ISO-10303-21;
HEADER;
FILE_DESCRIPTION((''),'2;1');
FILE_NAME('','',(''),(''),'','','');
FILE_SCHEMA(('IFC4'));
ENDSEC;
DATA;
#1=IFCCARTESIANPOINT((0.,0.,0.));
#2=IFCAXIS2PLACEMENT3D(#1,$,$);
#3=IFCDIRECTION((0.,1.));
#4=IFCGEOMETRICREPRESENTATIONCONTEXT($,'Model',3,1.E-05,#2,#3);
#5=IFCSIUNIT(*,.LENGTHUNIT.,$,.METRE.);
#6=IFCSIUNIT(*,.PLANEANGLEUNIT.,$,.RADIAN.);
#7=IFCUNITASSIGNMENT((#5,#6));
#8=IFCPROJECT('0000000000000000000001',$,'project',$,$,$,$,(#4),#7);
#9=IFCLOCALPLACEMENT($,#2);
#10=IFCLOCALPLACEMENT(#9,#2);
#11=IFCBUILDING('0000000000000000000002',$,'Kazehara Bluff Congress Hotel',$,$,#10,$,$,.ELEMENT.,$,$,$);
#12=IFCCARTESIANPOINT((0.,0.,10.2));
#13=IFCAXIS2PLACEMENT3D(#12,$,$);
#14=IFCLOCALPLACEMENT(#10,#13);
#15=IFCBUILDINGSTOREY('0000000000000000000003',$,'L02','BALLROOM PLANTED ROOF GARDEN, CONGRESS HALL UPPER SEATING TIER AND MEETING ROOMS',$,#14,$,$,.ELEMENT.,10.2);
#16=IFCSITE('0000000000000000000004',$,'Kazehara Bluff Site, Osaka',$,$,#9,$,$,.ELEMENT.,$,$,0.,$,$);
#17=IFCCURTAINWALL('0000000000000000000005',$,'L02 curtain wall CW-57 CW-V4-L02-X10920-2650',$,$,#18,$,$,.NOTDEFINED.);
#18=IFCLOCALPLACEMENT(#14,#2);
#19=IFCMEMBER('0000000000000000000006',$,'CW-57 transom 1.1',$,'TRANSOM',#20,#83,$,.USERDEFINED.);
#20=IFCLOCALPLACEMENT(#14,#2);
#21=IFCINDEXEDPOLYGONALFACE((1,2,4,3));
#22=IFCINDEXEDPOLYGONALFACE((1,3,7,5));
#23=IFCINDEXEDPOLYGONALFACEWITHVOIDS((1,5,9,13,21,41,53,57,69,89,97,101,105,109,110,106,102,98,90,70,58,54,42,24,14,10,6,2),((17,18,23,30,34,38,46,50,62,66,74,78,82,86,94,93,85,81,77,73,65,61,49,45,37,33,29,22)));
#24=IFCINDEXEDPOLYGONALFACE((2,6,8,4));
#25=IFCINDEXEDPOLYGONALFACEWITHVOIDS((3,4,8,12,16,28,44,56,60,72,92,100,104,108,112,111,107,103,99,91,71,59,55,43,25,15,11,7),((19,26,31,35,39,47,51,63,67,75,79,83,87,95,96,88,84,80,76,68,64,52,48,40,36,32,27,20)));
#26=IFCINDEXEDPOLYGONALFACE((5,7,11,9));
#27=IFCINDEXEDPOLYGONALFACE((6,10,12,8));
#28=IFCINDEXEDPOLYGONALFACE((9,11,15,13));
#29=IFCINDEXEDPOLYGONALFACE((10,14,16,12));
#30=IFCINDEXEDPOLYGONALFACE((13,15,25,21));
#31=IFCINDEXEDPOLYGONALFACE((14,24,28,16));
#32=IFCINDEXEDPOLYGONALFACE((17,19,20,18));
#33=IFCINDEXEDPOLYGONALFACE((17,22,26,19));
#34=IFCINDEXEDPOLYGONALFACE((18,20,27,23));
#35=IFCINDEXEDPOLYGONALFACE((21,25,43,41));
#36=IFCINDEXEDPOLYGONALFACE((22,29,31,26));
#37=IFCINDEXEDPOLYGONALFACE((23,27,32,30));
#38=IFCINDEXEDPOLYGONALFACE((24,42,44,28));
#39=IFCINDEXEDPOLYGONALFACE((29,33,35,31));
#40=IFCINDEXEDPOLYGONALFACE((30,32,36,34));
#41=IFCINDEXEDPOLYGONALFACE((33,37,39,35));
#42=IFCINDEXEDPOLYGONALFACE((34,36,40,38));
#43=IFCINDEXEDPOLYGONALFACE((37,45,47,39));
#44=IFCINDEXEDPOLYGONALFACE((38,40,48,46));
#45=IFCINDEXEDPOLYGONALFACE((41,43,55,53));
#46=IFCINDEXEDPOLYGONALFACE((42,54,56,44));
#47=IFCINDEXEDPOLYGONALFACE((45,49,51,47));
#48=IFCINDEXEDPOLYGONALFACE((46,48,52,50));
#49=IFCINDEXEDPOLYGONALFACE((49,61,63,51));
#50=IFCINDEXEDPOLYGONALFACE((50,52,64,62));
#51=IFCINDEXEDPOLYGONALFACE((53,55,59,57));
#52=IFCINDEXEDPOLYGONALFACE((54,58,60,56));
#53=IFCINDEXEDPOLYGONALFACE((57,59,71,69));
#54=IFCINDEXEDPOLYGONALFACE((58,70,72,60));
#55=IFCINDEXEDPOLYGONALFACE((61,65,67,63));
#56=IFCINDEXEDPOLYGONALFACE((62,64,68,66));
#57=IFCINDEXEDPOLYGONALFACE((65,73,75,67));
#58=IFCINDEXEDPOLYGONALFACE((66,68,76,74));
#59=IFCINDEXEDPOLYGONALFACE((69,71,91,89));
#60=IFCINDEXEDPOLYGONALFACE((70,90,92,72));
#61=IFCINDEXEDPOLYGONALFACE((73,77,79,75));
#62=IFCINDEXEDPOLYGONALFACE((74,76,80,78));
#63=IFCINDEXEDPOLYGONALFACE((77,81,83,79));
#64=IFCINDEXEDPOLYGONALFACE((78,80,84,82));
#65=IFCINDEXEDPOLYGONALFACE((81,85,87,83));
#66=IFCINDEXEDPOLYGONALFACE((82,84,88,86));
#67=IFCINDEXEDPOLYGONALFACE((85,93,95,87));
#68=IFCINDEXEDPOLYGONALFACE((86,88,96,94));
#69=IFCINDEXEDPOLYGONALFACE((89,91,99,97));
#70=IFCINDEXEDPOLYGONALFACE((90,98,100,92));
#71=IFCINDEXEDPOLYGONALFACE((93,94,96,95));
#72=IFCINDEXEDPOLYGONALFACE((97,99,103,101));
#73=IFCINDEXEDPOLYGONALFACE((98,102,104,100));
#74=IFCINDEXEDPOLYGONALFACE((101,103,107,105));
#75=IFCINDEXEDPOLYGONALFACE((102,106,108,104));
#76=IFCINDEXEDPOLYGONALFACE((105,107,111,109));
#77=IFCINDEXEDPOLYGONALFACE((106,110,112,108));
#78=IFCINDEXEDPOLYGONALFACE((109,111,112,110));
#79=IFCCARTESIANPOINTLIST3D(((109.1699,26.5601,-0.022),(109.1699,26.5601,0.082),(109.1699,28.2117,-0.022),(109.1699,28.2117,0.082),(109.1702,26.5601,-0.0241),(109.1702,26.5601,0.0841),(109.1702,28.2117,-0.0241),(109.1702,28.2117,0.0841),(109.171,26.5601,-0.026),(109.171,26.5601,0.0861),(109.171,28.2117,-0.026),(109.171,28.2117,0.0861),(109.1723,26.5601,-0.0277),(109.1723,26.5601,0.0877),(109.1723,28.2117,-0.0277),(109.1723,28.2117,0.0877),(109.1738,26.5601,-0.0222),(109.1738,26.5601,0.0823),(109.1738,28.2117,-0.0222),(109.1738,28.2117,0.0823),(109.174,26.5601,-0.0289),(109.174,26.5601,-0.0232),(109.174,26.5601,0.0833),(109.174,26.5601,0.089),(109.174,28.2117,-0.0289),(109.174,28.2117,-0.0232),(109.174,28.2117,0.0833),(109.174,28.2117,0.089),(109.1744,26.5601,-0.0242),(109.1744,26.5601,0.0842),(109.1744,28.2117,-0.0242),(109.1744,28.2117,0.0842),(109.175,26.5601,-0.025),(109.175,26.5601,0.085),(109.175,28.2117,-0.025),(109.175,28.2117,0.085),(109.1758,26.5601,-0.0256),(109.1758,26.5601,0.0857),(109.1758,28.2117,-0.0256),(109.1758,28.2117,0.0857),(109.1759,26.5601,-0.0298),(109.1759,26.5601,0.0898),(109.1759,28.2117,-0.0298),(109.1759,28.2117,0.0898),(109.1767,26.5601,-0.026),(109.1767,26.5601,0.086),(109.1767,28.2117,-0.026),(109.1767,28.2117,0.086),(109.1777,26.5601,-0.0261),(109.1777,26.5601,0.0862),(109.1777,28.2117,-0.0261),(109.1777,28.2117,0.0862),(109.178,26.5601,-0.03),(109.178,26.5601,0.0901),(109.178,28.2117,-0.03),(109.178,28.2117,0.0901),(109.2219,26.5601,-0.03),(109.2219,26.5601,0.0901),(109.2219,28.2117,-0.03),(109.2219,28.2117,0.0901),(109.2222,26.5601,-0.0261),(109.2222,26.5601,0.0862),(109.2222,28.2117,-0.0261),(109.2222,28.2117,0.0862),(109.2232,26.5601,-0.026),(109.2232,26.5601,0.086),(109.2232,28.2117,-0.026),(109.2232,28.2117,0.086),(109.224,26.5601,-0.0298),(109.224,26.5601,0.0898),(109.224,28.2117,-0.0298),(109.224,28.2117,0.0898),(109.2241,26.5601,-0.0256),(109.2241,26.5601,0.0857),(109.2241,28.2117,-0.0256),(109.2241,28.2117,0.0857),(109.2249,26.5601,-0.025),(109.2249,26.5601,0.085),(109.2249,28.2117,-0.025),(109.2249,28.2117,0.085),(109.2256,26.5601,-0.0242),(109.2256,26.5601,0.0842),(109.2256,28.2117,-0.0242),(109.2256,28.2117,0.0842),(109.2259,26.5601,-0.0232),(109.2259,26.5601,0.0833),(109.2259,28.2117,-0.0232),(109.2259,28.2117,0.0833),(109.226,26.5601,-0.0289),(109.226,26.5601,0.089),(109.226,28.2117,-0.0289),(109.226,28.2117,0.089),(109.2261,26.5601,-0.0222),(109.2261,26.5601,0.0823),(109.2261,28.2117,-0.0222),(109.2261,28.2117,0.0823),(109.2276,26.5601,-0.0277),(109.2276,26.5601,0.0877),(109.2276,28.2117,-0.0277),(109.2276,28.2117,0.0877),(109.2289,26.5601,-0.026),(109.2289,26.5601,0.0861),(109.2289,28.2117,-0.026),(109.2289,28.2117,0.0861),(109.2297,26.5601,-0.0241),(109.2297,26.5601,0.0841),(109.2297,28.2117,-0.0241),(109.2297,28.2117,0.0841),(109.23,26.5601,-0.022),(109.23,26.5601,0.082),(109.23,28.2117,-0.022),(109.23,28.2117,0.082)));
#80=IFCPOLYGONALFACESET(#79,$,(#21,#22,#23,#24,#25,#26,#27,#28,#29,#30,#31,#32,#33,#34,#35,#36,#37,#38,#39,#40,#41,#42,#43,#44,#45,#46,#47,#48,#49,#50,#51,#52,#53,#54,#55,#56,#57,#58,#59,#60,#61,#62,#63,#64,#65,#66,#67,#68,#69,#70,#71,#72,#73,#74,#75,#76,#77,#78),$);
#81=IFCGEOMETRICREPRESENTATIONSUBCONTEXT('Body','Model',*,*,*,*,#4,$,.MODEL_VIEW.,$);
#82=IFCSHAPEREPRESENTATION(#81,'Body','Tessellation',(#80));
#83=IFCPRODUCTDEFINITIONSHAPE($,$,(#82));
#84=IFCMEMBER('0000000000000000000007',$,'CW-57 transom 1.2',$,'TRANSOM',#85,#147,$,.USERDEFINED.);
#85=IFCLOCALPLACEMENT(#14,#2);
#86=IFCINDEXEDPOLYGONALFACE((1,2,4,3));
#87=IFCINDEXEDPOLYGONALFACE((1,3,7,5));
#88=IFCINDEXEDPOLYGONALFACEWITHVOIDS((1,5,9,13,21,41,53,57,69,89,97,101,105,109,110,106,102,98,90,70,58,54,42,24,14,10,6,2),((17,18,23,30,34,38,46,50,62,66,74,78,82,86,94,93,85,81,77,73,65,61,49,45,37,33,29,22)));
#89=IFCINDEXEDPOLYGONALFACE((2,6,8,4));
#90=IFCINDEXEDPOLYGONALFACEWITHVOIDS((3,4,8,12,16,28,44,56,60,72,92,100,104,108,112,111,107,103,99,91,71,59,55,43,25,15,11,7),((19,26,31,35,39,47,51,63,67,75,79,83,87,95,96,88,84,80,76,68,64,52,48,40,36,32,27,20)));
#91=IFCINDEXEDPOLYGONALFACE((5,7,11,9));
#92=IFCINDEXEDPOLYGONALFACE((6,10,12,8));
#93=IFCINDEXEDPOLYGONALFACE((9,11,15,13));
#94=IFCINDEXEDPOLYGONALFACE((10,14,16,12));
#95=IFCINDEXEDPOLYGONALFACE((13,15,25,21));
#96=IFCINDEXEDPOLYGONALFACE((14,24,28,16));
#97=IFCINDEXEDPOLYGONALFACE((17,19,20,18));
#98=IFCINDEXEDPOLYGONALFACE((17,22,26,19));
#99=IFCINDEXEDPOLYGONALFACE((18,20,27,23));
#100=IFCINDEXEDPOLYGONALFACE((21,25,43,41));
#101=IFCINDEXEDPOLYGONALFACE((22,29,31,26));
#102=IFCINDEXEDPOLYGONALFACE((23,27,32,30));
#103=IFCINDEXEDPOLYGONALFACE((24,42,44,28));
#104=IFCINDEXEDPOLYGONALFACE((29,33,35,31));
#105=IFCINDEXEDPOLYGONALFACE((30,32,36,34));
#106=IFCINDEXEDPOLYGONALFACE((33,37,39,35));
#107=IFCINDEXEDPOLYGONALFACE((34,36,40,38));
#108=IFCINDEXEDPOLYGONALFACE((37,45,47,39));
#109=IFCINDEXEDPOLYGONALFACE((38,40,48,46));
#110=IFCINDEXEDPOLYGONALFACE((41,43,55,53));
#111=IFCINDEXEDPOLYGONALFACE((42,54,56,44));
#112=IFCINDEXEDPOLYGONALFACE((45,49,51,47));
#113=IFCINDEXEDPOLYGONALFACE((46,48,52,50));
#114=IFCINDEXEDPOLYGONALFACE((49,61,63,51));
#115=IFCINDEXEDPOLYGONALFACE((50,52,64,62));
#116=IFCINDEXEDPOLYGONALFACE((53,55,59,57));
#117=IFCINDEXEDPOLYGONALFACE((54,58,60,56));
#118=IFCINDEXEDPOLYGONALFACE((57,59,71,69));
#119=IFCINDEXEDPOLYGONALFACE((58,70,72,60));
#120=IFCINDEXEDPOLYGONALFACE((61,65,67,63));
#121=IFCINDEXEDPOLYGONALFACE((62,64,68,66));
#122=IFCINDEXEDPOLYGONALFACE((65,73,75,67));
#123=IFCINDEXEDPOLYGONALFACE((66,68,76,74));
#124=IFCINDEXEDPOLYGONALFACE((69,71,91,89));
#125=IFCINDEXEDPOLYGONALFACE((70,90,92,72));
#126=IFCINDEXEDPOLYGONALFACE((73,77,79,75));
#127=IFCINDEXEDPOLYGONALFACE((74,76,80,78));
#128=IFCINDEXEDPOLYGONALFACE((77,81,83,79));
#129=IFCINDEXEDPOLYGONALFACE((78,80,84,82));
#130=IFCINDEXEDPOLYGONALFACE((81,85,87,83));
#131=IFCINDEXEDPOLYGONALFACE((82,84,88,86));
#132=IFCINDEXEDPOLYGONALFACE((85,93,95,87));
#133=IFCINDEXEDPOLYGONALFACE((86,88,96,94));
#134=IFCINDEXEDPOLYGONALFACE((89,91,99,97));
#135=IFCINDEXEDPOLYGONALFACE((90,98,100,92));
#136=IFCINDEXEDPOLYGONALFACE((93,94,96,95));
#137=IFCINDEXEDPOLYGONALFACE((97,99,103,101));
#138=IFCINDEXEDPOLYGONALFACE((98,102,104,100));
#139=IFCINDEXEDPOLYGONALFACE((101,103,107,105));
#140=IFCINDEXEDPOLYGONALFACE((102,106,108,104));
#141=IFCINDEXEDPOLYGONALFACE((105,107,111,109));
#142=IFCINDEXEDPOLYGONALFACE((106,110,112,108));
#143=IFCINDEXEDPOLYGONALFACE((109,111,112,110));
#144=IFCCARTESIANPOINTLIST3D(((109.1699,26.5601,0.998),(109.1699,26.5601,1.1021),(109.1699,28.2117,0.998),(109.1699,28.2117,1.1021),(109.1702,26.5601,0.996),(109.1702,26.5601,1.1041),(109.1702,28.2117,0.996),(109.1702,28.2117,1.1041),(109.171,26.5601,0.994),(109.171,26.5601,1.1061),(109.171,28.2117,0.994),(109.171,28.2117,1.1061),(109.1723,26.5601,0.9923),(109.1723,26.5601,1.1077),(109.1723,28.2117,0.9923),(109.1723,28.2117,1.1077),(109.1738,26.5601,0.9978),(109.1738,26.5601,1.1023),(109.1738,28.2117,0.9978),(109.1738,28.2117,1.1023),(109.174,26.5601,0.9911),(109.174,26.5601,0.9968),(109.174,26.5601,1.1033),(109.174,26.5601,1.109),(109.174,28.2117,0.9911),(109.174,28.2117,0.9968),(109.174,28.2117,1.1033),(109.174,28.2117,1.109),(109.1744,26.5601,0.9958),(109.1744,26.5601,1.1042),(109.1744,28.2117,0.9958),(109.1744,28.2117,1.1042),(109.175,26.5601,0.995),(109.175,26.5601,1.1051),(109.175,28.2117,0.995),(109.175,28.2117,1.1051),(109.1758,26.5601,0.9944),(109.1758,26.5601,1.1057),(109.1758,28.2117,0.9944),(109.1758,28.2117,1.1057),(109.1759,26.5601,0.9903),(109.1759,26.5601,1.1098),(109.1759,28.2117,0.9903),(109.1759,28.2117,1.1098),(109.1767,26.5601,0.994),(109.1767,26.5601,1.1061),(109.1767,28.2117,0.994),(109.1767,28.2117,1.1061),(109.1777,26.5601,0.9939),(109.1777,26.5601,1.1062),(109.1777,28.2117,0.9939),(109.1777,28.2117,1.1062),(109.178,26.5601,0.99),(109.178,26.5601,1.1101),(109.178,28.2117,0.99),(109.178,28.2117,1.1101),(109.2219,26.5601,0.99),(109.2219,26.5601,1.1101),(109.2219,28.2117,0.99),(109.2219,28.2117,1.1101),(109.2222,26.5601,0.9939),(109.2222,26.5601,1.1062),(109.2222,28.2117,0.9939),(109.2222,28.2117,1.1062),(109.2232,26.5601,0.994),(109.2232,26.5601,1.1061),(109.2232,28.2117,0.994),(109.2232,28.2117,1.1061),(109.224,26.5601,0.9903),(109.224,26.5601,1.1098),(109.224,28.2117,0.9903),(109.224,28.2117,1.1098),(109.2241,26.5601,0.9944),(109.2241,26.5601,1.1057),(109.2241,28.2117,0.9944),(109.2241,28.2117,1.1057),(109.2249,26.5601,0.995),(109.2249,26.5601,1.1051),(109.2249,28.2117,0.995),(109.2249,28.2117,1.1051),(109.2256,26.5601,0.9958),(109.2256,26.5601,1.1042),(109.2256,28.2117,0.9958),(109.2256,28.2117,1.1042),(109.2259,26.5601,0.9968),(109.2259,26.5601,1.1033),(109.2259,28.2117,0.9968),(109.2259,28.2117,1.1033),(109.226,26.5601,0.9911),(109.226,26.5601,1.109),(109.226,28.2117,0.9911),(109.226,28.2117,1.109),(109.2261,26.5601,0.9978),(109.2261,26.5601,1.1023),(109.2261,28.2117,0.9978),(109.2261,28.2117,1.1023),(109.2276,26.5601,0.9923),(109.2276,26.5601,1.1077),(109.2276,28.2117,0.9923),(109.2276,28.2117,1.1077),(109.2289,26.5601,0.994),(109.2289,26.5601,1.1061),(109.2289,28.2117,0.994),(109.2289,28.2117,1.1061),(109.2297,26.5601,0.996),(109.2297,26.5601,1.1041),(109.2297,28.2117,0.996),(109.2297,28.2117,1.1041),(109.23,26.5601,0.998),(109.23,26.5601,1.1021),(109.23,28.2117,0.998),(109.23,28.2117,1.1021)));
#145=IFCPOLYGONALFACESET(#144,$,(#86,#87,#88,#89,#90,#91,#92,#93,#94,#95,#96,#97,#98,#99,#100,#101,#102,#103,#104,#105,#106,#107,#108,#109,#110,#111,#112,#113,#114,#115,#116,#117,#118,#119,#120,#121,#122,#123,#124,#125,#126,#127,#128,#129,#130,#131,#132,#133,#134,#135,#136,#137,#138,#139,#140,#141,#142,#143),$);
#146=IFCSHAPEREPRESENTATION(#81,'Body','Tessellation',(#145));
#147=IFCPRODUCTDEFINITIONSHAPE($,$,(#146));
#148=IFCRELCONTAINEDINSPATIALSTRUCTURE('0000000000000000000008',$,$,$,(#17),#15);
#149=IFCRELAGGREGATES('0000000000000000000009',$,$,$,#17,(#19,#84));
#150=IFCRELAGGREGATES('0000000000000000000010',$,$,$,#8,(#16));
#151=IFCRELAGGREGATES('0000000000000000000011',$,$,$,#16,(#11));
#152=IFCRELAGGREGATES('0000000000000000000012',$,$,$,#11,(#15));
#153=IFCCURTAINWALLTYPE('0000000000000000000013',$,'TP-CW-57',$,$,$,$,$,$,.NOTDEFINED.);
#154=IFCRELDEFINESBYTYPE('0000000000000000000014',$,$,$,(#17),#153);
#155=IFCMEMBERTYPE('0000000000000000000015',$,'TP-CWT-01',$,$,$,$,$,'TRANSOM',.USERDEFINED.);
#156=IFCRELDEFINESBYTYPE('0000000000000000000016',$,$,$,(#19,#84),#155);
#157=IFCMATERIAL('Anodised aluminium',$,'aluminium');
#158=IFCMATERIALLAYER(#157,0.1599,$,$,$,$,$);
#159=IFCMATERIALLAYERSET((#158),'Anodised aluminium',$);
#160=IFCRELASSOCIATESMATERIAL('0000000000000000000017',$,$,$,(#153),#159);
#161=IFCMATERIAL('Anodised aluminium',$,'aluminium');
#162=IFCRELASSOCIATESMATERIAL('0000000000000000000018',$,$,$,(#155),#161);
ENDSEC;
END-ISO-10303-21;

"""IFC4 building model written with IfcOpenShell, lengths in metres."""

from ifc_helpers import new_model, si_unit, direction, frame, origin, origin_2d, place, context, subcontext, project, spatial, hollow_rectangle, extrude, material, layer, layer_set, material_profile, profile_set, type_object, element, aggregate, save


model = new_model("IFC4")

# Units and contexts
model_context = context("Model", 3, precision=1e-05, world=origin(), true_north=direction((0.0, 1.0)))
body_context = subcontext(model_context, "Body", "Model", "MODEL_VIEW")
ifc_project = project(units=[si_unit("LENGTHUNIT", "METRE"), si_unit("PLANEANGLEUNIT", "RADIAN")], contexts=[model_context])

# Site, building, storey
site_placement = place(None, origin())
site = spatial("IfcSite", under=ifc_project, at=site_placement, Name="Kazehara Bluff Site, Osaka", CompositionType="ELEMENT", RefElevation=0.0)
building_placement = place(site_placement, origin())
building = spatial("IfcBuilding", under=site, at=building_placement, Name="Kazehara Bluff Congress Hotel", CompositionType="ELEMENT")
storey_placement = place(building_placement, frame((0.0, 0.0, 10.2)))
storey = spatial("IfcBuildingStorey", under=building, at=storey_placement, Name="L02", Description="BALLROOM PLANTED ROOF GARDEN, CONGRESS HALL UPPER SEATING TIER AND MEETING ROOMS", CompositionType="ELEMENT", Elevation=10.2)

# Curtain wall
ifc_material_1 = material(Name="Anodised aluminium", Category="aluminium")
ifc_layer_1 = layer(ifc_material_1, 0.1599)
ifc_layer_set_1 = layer_set([ifc_layer_1], Name="Anodised aluminium")
curtain_wall_type_1 = type_object("IfcCurtainWallType", Name="TP-CW-57", PredefinedType="NOTDEFINED", material=ifc_layer_set_1)
curtain_wall_1_placement = place(storey_placement, origin())
curtain_wall_1 = element("IfcCurtainWall", 1, at=curtain_wall_1_placement, inside=storey, type_object=curtain_wall_type_1, Name="L02 curtain wall CW-57 CW-V4-L02-X10920-2650", PredefinedType="NOTDEFINED")

# Members
ifc_material_2 = material(Name="Anodised aluminium", Category="aluminium")
ifc_material_profile_1 = material_profile(ifc_material_2, hollow_rectangle(XDim=0.0601, YDim=0.1201, WallThickness=0.0039, InnerFilletRadius=0.0039, OuterFilletRadius=0.0081, at=origin_2d()))
ifc_profile_set_1 = profile_set([ifc_material_profile_1], Name="Anodised aluminium")
member_type_1 = type_object("IfcMemberType", Name="TP-CWT-01", ElementType="TRANSOM", PredefinedType="USERDEFINED", material=ifc_profile_set_1)
member_1_placement = place(storey_placement, frame((109.2, 26.5601, 0.03), z_axis=(0.0, 1.0, 0.0), x_axis=(-1.0, 0.0, 0.0)))
member_1 = element("IfcMember", 2, at=member_1_placement, type_object=member_type_1, Name="CW-57 transom 1.1", ObjectType="TRANSOM", PredefinedType="USERDEFINED", context=body_context, shape_type="SweptSolid", body=[
    extrude(hollow_rectangle(XDim=0.0601, YDim=0.1201, WallThickness=0.0039, InnerFilletRadius=0.0039, OuterFilletRadius=0.0081, at=origin_2d()), origin(), (0.0, 0.0, 1.0), 1.6516),
])
member_2_placement = place(storey_placement, frame((109.2, 26.5601, 1.05), z_axis=(0.0, 1.0, 0.0), x_axis=(-1.0, 0.0, 0.0)))
member_2 = element("IfcMember", 3, at=member_2_placement, type_object=member_type_1, Name="CW-57 transom 1.2", ObjectType="TRANSOM", PredefinedType="USERDEFINED", context=body_context, shape_type="SweptSolid", body=[
    extrude(hollow_rectangle(XDim=0.0601, YDim=0.1201, WallThickness=0.0039, InnerFilletRadius=0.0039, OuterFilletRadius=0.0081, at=origin_2d()), origin(), (0.0, 0.0, 1.0), 1.6516),
])

aggregate(curtain_wall_1, [member_1, member_2])

save(model, "model.ifc")
